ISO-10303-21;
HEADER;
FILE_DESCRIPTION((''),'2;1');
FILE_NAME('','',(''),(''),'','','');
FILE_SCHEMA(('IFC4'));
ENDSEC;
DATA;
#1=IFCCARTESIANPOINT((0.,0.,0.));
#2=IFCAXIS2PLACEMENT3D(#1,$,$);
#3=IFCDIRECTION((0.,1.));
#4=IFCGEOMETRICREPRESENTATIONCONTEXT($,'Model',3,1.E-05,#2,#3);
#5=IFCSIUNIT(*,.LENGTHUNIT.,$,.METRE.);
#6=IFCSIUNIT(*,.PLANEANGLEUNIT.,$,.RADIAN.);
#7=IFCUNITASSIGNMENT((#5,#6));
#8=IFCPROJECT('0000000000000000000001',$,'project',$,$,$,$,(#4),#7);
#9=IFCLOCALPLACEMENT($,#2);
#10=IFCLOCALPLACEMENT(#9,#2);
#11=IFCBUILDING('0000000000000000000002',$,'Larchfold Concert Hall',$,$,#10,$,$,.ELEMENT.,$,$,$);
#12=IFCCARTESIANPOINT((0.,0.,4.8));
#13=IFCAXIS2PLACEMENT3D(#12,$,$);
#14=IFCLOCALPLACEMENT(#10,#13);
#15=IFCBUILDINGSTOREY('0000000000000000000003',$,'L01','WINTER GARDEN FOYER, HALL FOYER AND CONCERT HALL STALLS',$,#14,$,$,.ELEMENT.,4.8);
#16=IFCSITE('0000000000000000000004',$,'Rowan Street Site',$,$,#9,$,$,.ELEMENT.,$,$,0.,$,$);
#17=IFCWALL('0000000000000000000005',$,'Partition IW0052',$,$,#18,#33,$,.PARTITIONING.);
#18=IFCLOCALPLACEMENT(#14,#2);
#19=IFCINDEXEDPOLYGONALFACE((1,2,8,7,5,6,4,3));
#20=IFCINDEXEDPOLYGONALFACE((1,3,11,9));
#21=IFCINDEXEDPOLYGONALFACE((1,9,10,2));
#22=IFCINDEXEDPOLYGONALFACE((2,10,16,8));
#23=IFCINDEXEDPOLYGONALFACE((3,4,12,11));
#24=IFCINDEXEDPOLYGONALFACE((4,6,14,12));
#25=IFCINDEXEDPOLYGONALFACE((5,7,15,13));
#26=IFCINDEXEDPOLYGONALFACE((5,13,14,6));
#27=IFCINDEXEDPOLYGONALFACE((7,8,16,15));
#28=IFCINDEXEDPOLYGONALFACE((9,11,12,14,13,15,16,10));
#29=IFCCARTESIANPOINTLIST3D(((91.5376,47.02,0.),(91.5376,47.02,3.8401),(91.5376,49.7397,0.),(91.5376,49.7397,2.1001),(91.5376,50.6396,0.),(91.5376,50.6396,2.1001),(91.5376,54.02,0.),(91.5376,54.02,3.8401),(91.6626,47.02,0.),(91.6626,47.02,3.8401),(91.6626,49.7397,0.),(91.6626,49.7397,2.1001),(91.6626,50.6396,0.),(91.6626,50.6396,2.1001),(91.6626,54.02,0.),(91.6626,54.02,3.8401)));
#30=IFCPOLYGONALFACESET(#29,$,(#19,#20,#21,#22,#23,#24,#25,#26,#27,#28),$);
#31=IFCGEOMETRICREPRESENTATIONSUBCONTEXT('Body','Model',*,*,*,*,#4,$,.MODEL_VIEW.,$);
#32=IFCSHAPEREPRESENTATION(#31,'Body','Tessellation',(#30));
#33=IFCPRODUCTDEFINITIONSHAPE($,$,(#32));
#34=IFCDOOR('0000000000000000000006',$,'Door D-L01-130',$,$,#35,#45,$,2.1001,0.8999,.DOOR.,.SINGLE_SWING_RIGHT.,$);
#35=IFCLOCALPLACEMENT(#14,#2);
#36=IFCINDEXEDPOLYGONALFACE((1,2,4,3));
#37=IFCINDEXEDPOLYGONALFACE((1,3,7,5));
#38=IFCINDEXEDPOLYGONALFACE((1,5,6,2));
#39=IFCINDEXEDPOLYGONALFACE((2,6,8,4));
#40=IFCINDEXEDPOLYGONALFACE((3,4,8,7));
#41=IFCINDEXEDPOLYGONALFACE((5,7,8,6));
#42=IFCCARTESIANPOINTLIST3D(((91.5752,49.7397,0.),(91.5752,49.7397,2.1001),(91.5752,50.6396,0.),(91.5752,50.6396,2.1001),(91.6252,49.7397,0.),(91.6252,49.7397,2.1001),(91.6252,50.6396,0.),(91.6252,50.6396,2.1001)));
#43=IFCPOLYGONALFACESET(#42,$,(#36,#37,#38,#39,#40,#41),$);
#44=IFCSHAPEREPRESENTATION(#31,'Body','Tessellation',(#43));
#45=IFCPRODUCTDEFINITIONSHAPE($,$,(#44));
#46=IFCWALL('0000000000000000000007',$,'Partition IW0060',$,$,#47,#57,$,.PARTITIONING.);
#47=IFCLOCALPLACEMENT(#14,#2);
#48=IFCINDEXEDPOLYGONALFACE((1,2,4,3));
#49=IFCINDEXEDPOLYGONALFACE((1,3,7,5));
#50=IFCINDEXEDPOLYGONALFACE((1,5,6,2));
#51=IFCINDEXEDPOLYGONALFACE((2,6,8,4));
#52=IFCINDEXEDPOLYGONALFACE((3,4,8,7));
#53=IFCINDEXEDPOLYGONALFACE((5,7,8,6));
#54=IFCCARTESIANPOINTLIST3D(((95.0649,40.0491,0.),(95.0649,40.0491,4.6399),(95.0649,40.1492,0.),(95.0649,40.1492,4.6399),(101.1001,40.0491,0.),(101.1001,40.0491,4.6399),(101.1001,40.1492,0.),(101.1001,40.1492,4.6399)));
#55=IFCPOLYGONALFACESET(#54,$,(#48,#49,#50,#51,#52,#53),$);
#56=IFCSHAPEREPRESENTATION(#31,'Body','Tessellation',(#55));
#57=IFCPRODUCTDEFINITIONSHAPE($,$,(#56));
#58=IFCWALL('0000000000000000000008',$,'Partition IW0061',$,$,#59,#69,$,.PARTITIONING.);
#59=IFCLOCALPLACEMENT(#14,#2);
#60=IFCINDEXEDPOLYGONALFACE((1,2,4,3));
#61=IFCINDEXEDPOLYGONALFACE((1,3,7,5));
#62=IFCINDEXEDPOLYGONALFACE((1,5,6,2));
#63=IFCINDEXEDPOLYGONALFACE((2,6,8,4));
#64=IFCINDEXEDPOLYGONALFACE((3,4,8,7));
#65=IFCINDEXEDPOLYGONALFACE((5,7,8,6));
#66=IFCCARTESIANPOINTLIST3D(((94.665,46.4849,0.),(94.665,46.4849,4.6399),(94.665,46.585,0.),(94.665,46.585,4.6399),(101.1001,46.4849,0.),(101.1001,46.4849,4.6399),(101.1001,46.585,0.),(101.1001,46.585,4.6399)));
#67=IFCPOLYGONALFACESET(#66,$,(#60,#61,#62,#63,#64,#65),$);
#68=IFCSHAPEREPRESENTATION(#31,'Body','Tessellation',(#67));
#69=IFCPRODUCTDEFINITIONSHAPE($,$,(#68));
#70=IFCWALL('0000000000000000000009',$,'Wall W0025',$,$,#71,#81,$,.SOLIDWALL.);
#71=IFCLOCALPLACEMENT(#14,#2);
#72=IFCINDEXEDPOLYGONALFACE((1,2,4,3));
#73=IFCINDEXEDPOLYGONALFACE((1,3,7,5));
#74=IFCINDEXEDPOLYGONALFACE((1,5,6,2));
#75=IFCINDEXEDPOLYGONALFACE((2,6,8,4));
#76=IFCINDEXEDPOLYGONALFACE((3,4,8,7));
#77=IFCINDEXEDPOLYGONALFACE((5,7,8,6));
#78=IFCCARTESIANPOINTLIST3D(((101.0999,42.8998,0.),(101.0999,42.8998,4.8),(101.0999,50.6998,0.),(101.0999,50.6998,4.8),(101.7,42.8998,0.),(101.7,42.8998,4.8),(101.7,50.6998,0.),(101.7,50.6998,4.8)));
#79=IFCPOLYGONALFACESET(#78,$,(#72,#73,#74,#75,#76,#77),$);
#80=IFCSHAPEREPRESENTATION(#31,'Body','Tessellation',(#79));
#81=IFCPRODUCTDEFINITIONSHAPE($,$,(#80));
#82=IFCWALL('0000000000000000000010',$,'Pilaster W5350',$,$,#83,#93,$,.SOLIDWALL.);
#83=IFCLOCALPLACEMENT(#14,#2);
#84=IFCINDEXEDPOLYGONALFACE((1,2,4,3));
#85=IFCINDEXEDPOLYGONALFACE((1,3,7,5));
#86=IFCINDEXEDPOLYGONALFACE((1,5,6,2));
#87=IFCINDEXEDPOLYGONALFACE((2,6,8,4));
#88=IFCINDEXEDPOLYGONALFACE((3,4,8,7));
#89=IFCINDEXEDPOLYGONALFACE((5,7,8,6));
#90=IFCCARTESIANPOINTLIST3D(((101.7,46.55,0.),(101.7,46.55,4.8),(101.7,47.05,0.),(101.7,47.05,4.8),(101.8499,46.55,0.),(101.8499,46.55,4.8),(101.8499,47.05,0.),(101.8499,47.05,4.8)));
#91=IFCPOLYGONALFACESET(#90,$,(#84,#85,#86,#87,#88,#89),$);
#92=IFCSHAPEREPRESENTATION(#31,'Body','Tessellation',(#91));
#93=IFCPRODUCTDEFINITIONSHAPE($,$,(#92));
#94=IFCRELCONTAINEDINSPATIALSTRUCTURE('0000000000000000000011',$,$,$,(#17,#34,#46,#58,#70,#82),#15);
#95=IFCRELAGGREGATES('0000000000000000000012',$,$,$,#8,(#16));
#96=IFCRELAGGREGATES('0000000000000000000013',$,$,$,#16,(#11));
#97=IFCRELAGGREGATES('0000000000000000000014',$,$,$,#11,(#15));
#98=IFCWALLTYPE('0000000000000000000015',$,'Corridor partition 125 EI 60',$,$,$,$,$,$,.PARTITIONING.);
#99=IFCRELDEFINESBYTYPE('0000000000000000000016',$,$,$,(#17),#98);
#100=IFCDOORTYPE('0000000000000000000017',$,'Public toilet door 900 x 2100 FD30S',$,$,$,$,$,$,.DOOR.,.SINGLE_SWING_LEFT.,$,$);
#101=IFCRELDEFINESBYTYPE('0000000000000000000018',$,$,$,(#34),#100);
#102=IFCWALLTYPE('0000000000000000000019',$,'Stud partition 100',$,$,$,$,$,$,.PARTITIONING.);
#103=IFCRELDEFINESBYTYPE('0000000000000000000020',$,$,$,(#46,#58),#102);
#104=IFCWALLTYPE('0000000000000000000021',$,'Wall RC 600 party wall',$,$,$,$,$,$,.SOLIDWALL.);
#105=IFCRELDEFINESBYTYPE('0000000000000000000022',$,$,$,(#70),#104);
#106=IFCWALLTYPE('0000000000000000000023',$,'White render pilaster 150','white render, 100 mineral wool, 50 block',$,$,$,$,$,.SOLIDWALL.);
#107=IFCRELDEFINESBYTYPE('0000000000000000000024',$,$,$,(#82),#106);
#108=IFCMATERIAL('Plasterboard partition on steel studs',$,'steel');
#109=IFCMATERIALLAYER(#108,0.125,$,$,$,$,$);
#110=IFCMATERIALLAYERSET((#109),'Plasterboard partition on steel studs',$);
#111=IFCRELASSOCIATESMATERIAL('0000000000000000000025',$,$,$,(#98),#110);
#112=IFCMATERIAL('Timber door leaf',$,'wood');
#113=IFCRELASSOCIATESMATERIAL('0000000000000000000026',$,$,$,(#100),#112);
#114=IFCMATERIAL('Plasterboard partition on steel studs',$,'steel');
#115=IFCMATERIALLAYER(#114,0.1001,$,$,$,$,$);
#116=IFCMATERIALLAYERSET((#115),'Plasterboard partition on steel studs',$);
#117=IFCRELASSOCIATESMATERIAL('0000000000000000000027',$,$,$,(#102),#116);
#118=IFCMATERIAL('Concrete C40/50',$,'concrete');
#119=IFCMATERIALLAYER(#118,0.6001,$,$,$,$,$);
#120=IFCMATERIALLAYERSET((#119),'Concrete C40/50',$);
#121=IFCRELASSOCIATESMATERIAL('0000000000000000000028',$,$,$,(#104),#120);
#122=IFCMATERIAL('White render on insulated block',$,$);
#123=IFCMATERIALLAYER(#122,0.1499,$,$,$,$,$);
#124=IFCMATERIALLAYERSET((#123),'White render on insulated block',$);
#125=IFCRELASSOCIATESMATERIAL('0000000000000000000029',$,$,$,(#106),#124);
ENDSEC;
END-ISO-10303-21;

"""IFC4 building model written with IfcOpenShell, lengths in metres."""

from ifc_helpers import new_model, si_unit, direction, frame, frame_2d, origin, place, context, subcontext, project, spatial, rectangle, extrude, material, layer, layer_set, type_object, element, fill, save


model = new_model("IFC4")

# Units and contexts
model_context = context("Model", 3, precision=1e-05, world=origin(), true_north=direction((0.0, 1.0)))
body_context = subcontext(model_context, "Body", "Model", "MODEL_VIEW")
ifc_project = project(units=[si_unit("LENGTHUNIT", "METRE"), si_unit("PLANEANGLEUNIT", "RADIAN")], contexts=[model_context])

# Site, building, storey
site_placement = place(None, origin())
site = spatial("IfcSite", under=ifc_project, at=site_placement, Name="Rowan Street Site", CompositionType="ELEMENT", RefElevation=0.0)
building_placement = place(site_placement, origin())
building = spatial("IfcBuilding", under=site, at=building_placement, Name="Larchfold Concert Hall", CompositionType="ELEMENT")
storey_placement = place(building_placement, frame((0.0, 0.0, 4.8)))
storey = spatial("IfcBuildingStorey", under=building, at=storey_placement, Name="L01", Description="WINTER GARDEN FOYER, HALL FOYER AND CONCERT HALL STALLS", CompositionType="ELEMENT", Elevation=4.8)

# Shared definitions
ifc_material_1 = material(Name="Plasterboard partition on steel studs", Category="steel")
ifc_layer_1 = layer(ifc_material_1, 0.125)
ifc_layer_set_1 = layer_set([ifc_layer_1], Name="Plasterboard partition on steel studs")
wall_type_1 = type_object("IfcWallType", Name="Corridor partition 125 EI 60", PredefinedType="PARTITIONING", material=ifc_layer_set_1)

# Wall, opening, door
wall_1_placement = place(storey_placement, frame((91.6001, 47.02, 0.0), z_axis=(0.0, 0.0, 1.0), x_axis=(0.0, 1.0, 0.0)))
wall_1 = element("IfcWall", 1, at=wall_1_placement, inside=storey, type_object=wall_type_1, Name="Partition IW0052", PredefinedType="PARTITIONING", context=body_context, shape_type="SweptSolid", body=[
    extrude(rectangle(XDim=7.0, YDim=0.125, at=frame_2d((3.5, 0.0))), origin(), (0.0, 0.0, 1.0), 3.8401),
])
opening_1_placement = place(wall_1_placement, frame((2.7197, 0.0, 0.0)))
opening_1 = element("IfcOpeningElement", 2, at=opening_1_placement, cuts=wall_1, PredefinedType="OPENING", context=body_context, shape_type="SweptSolid", body=[
    extrude(rectangle(XDim=0.8999, YDim=2.1001, at=frame_2d((0.45, 1.05))), frame((0.0, 0.0725, 0.0), z_axis=(0.0, -1.0, 0.0), x_axis=(1.0, 0.0, 0.0)), (0.0, 0.0, 1.0), 0.145),
])
ifc_material_2 = material(Name="Timber door leaf", Category="wood")
door_type_1 = type_object("IfcDoorType", Name="Public toilet door 900 x 2100 FD30S", OperationType="SINGLE_SWING_LEFT", PredefinedType="DOOR", material=ifc_material_2)
door_1_placement = place(opening_1_placement, origin())
door_1 = element("IfcDoor", 3, at=door_1_placement, inside=storey, type_object=door_type_1, Name="Door D-L01-130", OperationType="SINGLE_SWING_RIGHT", OverallHeight=2.1001, OverallWidth=0.8999, PredefinedType="DOOR", context=body_context, shape_type="SweptSolid", body=[
    extrude(rectangle(XDim=0.8999, YDim=2.1001, at=frame_2d((0.45, 1.05))), frame((0.0, 0.0249, 0.0), z_axis=(0.0, -1.0, 0.0), x_axis=(1.0, 0.0, 0.0)), (0.0, 0.0, 1.0), 0.05),
])
fill(opening_1, door_1)

# Walls
ifc_material_3 = material(Name="Plasterboard partition on steel studs", Category="steel")
ifc_layer_2 = layer(ifc_material_3, 0.1001)
ifc_layer_set_2 = layer_set([ifc_layer_2], Name="Plasterboard partition on steel studs")
wall_type_2 = type_object("IfcWallType", Name="Stud partition 100", PredefinedType="PARTITIONING", material=ifc_layer_set_2)
wall_2_placement = place(storey_placement, frame((95.0649, 40.0991, 0.0), z_axis=(0.0, 0.0, 1.0), x_axis=(1.0, 0.0, 0.0)))
element("IfcWall", 4, at=wall_2_placement, inside=storey, type_object=wall_type_2, Name="Partition IW0060", PredefinedType="PARTITIONING", context=body_context, shape_type="SweptSolid", body=[
    extrude(rectangle(XDim=6.0352, YDim=0.1001, at=frame_2d((3.0176, 0.0))), origin(), (0.0, 0.0, 1.0), 4.6399),
])
wall_3_placement = place(storey_placement, frame((94.665, 46.5349, 0.0), z_axis=(0.0, 0.0, 1.0), x_axis=(1.0, 0.0, 0.0)))
element("IfcWall", 5, at=wall_3_placement, inside=storey, type_object=wall_type_2, Name="Partition IW0061", PredefinedType="PARTITIONING", context=body_context, shape_type="SweptSolid", body=[
    extrude(rectangle(XDim=6.4351, YDim=0.1001, at=frame_2d((3.2175, 0.0))), origin(), (0.0, 0.0, 1.0), 4.6399),
])
ifc_material_4 = material(Name="Concrete C40/50", Category="concrete")
ifc_layer_3 = layer(ifc_material_4, 0.6001)
ifc_layer_set_3 = layer_set([ifc_layer_3], Name="Concrete C40/50")
wall_type_3 = type_object("IfcWallType", Name="Wall RC 600 party wall", PredefinedType="SOLIDWALL", material=ifc_layer_set_3)
wall_4_placement = place(storey_placement, frame((101.3999, 42.8999, 0.0), z_axis=(0.0, 0.0, 1.0), x_axis=(0.0, 1.0, 0.0)))
element("IfcWall", 6, at=wall_4_placement, inside=storey, type_object=wall_type_3, Name="Wall W0025", PredefinedType="SOLIDWALL", context=body_context, shape_type="SweptSolid", body=[
    extrude(rectangle(XDim=7.8, YDim=0.6001, at=frame_2d((3.8999, 0.0))), origin(), (0.0, 0.0, 1.0), 4.8),
])
ifc_material_5 = material(Name="White render on insulated block")
ifc_layer_4 = layer(ifc_material_5, 0.1499)
ifc_layer_set_4 = layer_set([ifc_layer_4], Name="White render on insulated block")
wall_type_4 = type_object("IfcWallType", Name="White render pilaster 150", Description="white render, 100 mineral wool, 50 block", PredefinedType="SOLIDWALL", material=ifc_layer_set_4)
wall_5_placement = place(storey_placement, frame((101.7749, 46.55, 0.0), z_axis=(0.0, 0.0, 1.0), x_axis=(0.0, 1.0, 0.0)))
element("IfcWall", 7, at=wall_5_placement, inside=storey, type_object=wall_type_4, Name="Pilaster W5350", PredefinedType="SOLIDWALL", context=body_context, shape_type="SweptSolid", body=[
    extrude(rectangle(XDim=0.5, YDim=0.1499, at=frame_2d((0.25, 0.0))), origin(), (0.0, 0.0, 1.0), 4.8),
])

save(model, "model.ifc")
